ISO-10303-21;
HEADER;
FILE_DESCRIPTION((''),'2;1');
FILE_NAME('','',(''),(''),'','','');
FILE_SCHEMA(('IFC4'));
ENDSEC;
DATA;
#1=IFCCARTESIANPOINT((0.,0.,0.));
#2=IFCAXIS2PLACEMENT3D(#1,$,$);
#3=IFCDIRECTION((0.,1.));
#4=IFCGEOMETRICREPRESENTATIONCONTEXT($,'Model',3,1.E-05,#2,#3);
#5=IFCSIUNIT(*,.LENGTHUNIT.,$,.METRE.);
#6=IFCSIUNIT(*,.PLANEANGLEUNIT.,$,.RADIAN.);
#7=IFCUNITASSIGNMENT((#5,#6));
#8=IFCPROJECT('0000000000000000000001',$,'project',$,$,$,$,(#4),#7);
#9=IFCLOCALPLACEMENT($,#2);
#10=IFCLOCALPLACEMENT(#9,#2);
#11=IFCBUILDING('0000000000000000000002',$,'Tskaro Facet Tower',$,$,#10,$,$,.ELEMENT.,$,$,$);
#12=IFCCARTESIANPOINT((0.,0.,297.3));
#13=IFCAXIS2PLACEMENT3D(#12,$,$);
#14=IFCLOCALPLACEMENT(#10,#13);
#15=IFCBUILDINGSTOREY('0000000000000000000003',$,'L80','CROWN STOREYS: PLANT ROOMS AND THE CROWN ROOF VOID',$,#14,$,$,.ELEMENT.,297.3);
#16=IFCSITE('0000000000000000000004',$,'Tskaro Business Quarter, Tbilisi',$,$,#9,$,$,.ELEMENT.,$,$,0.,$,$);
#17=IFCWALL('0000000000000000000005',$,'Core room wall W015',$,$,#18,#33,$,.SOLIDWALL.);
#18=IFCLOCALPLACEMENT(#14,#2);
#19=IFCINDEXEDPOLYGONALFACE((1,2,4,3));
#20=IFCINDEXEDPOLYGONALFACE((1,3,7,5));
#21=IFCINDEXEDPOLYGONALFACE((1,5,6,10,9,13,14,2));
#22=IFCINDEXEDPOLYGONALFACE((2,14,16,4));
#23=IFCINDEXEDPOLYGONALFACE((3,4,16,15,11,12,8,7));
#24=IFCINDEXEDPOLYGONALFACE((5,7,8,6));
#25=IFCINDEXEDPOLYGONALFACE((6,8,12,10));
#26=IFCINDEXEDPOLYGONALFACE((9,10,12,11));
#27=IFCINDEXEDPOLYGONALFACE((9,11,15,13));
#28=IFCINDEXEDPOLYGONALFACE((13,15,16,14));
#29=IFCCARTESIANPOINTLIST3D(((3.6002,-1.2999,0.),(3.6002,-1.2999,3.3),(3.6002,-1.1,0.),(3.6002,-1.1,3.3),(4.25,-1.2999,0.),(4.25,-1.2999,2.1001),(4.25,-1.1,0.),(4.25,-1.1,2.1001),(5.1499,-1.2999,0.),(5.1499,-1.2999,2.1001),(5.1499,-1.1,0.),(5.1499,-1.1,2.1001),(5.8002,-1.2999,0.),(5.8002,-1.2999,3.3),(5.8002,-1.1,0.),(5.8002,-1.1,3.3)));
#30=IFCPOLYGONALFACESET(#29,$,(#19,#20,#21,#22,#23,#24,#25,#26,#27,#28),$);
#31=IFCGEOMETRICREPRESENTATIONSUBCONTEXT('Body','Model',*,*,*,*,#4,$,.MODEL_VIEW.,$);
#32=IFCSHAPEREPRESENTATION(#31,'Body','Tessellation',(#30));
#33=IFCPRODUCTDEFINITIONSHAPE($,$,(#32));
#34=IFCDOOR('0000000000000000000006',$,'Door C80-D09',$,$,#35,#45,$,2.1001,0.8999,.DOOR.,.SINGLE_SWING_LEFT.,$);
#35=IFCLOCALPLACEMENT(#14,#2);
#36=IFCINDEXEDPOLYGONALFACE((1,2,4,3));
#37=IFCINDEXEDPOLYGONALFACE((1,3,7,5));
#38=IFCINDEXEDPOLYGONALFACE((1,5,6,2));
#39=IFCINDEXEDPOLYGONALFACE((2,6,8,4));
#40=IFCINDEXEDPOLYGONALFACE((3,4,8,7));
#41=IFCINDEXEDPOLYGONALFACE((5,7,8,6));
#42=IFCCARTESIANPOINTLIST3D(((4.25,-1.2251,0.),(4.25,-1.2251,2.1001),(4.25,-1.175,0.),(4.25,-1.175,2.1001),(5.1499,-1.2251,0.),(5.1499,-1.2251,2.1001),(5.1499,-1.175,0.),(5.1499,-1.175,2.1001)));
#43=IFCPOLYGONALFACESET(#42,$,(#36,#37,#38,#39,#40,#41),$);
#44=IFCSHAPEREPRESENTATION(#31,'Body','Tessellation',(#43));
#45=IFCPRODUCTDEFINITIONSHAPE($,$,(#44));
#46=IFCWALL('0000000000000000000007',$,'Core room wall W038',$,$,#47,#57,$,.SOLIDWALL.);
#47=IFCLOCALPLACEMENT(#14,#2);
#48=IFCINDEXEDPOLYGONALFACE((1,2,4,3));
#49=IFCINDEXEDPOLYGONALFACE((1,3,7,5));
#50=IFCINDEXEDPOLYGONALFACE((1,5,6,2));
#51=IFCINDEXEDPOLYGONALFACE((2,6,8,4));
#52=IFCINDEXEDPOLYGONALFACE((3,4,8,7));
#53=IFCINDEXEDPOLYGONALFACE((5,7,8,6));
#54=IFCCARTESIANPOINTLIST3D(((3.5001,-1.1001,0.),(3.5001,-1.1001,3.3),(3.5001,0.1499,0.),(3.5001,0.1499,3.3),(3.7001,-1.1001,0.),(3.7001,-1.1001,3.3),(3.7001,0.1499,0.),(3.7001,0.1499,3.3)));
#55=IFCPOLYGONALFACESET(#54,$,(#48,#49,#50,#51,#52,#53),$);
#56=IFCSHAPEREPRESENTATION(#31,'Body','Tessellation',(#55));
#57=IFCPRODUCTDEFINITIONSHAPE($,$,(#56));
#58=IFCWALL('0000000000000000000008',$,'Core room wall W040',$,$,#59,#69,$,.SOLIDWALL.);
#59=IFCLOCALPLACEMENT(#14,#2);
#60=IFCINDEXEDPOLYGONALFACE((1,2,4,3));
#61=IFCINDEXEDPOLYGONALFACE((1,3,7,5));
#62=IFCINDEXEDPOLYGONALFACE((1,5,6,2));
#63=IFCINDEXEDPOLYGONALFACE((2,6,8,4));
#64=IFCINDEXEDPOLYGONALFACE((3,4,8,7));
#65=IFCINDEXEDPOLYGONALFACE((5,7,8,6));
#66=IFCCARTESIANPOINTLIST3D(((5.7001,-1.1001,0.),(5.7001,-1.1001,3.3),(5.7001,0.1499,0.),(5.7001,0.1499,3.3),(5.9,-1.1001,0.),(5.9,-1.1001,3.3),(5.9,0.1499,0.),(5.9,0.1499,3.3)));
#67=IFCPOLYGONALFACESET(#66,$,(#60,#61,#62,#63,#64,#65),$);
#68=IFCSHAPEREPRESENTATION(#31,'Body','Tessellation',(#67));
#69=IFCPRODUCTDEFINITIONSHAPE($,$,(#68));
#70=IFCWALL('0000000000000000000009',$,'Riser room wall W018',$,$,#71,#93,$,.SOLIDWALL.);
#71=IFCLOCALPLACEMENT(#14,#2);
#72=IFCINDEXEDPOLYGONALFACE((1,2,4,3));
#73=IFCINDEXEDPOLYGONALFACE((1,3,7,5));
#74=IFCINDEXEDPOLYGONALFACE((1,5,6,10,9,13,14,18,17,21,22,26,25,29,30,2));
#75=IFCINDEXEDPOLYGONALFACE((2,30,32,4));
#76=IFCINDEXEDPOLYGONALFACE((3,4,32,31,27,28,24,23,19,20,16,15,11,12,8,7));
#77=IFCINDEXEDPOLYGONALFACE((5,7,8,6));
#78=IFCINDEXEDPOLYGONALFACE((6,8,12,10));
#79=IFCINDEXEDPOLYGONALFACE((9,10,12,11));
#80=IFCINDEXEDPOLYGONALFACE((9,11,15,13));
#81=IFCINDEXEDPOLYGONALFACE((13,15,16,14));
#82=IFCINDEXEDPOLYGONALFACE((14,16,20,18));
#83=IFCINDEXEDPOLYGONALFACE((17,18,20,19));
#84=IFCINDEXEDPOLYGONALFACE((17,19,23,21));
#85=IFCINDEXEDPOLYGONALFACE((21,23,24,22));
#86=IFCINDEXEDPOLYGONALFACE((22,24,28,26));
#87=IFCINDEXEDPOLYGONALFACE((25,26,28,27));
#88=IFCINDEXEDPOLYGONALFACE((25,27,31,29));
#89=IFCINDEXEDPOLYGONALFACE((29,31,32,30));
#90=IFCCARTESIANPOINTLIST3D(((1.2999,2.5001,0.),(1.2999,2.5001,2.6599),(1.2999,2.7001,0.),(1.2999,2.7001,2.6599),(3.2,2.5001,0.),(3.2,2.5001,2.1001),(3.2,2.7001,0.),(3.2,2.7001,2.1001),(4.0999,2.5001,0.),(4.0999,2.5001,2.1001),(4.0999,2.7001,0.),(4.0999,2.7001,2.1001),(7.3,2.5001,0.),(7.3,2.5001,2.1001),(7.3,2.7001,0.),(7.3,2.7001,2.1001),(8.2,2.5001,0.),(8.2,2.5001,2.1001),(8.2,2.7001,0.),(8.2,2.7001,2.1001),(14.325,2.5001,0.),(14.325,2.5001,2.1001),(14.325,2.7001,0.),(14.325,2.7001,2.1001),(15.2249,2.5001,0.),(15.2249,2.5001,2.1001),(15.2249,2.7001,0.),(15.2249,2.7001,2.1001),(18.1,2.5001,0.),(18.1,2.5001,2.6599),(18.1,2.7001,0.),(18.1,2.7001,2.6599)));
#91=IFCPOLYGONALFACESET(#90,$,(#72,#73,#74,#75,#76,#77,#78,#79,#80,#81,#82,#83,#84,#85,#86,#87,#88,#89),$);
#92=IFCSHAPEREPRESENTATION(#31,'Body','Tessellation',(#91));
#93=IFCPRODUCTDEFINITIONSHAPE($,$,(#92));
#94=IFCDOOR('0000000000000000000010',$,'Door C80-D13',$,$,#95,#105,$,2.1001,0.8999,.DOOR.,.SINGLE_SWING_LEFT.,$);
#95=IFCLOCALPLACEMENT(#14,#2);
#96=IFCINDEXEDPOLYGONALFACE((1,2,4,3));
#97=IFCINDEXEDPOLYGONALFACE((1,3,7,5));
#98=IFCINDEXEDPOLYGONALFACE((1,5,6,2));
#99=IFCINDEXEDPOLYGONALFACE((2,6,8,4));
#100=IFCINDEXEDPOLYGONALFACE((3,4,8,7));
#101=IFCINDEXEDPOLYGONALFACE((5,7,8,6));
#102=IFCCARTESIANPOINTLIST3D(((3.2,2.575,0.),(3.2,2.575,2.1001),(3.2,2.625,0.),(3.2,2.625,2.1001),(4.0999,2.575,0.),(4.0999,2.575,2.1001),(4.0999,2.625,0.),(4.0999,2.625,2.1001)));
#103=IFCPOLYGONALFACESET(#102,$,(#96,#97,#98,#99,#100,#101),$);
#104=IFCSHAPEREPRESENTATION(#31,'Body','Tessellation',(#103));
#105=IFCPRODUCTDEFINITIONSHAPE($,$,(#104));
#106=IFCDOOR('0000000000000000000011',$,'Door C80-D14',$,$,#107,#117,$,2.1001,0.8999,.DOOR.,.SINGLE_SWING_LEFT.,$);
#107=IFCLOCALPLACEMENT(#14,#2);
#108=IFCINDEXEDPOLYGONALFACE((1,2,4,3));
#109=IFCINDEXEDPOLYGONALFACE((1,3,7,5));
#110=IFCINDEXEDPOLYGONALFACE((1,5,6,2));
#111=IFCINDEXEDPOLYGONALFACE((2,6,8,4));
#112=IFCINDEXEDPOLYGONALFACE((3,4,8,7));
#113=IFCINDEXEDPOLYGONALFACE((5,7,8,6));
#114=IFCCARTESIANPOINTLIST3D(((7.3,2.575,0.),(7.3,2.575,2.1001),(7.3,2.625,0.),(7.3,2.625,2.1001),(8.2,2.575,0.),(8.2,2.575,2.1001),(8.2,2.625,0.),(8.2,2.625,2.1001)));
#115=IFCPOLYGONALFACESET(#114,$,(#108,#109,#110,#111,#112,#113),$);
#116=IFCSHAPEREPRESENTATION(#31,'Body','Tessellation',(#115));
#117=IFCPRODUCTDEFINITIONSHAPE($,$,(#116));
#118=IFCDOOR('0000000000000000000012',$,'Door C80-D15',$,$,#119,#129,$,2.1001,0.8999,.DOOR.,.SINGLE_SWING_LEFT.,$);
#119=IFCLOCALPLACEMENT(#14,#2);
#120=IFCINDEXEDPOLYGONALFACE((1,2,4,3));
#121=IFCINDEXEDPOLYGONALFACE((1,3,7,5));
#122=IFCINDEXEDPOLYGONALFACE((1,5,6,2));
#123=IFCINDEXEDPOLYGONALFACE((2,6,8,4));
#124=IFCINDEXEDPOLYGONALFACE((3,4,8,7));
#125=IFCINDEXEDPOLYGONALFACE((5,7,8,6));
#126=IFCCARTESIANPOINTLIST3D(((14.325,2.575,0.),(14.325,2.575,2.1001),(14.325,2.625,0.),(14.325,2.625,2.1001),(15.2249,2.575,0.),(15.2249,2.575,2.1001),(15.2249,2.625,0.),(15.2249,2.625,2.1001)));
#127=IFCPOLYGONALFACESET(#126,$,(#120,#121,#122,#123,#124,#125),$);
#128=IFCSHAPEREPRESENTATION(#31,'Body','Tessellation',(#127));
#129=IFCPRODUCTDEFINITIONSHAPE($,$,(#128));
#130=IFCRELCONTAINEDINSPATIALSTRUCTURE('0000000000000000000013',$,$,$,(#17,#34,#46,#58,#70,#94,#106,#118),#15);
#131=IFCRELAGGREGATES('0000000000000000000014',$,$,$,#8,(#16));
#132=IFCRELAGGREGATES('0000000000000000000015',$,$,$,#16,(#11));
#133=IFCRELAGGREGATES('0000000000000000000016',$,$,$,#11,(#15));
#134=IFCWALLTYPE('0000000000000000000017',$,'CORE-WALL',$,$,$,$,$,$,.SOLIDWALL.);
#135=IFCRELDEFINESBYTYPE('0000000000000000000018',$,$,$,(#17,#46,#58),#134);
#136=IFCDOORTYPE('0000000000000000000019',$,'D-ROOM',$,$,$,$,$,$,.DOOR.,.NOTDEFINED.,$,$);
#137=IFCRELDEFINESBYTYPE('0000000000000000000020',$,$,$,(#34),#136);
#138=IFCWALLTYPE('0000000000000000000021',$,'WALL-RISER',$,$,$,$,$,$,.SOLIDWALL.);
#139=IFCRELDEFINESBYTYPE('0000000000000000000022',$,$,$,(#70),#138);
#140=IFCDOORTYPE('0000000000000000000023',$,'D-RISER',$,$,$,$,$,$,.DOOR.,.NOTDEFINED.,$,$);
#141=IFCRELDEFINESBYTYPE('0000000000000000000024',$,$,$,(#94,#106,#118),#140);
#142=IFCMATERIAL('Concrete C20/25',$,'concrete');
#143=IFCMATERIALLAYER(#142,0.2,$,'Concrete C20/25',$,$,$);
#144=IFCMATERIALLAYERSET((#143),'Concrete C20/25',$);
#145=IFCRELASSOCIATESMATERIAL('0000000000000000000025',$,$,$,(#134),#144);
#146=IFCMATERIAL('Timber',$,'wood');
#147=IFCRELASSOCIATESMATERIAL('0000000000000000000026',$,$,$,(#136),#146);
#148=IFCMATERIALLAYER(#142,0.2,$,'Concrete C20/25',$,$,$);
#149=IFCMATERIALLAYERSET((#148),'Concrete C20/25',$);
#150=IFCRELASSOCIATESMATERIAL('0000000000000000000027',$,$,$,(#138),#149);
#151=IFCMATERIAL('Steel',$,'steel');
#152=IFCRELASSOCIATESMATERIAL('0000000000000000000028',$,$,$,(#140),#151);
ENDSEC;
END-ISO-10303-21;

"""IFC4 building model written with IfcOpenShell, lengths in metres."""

from ifc_helpers import new_model, si_unit, direction, frame, frame_2d, origin, place, context, subcontext, project, spatial, rectangle, extrude, material, layer, layer_set, type_object, element, fill, save


model = new_model("IFC4")

# Units and contexts
model_context = context("Model", 3, precision=1e-05, world=origin(), true_north=direction((0.0, 1.0)))
body_context = subcontext(model_context, "Body", "Model", "MODEL_VIEW")
ifc_project = project(units=[si_unit("LENGTHUNIT", "METRE"), si_unit("PLANEANGLEUNIT", "RADIAN")], contexts=[model_context])

# Site, building, storey
site_placement = place(None, origin())
site = spatial("IfcSite", under=ifc_project, at=site_placement, Name="Tskaro Business Quarter, Tbilisi", CompositionType="ELEMENT", RefElevation=0.0)
building_placement = place(site_placement, origin())
building = spatial("IfcBuilding", under=site, at=building_placement, Name="Tskaro Facet Tower", CompositionType="ELEMENT")
storey_placement = place(building_placement, frame((0.0, 0.0, 297.3)))
storey = spatial("IfcBuildingStorey", under=building, at=storey_placement, Name="L80", Description="CROWN STOREYS: PLANT ROOMS AND THE CROWN ROOF VOID", CompositionType="ELEMENT", Elevation=297.3)

# Shared definitions
ifc_material_1 = material(Name="Concrete C20/25", Category="concrete")
ifc_layer_1 = layer(ifc_material_1, 0.2, Name="Concrete C20/25")
ifc_layer_set_1 = layer_set([ifc_layer_1], Name="Concrete C20/25")
wall_type_1 = type_object("IfcWallType", Name="CORE-WALL", PredefinedType="SOLIDWALL", material=ifc_layer_set_1)
ifc_material_2 = material(Name="Steel", Category="steel")
ifc_material_3 = material(Name="Timber", Category="wood")
door_type_1 = type_object("IfcDoorType", Name="D-ROOM", OperationType="NOTDEFINED", PredefinedType="DOOR", material=ifc_material_3)

# Wall, opening, door
wall_1_placement = place(storey_placement, frame((3.6001, -1.2, 0.0), z_axis=(0.0, 0.0, 1.0), x_axis=(1.0, 0.0, 0.0)))
wall_1 = element("IfcWall", 1, at=wall_1_placement, inside=storey, type_object=wall_type_1, Name="Core room wall W015", PredefinedType="SOLIDWALL", context=body_context, shape_type="SweptSolid", body=[
    extrude(rectangle(XDim=2.2, YDim=0.2, at=frame_2d((1.1001, 0.0))), origin(), (0.0, 0.0, 1.0), 3.3),
])
opening_1_placement = place(wall_1_placement, frame((0.6499, 0.0, 0.0)))
opening_1 = element("IfcOpeningElement", 2, at=opening_1_placement, cuts=wall_1, PredefinedType="OPENING", context=body_context, shape_type="SweptSolid", body=[
    extrude(rectangle(XDim=0.8999, YDim=2.1001, at=frame_2d((0.45, 1.05))), frame((0.0, 0.1099, 0.0), z_axis=(0.0, -1.0, 0.0), x_axis=(1.0, 0.0, 0.0)), (0.0, 0.0, 1.0), 0.22),
])
door_1_placement = place(opening_1_placement, origin())
door_1 = element("IfcDoor", 3, at=door_1_placement, inside=storey, type_object=door_type_1, Name="Door C80-D09", OperationType="SINGLE_SWING_LEFT", OverallHeight=2.1001, OverallWidth=0.8999, PredefinedType="DOOR", context=body_context, shape_type="SweptSolid", body=[
    extrude(rectangle(XDim=0.8999, YDim=2.1001, at=frame_2d((0.45, 1.05))), frame((0.0, 0.0249, 0.0), z_axis=(0.0, -1.0, 0.0), x_axis=(1.0, 0.0, 0.0)), (0.0, 0.0, 1.0), 0.05),
])
fill(opening_1, door_1)

# Walls
for number, where, z_axis, x_axis, name in (
    (4, (3.6001, -1.1001, 0.0), (0.0, 0.0, 1.0), (0.0, 1.0, 0.0), "Core room wall W038"),
    (5, (5.8, -1.1001, 0.0), (0.0, 0.0, 1.0), (0.0, 1.0, 0.0), "Core room wall W040"),
):
    element("IfcWall", number, at=place(storey_placement, frame(where, z_axis=z_axis, x_axis=x_axis)), inside=storey, type_object=wall_type_1, Name=name, PredefinedType="SOLIDWALL", context=body_context, shape_type="SweptSolid", body=[
        extrude(rectangle(XDim=1.25, YDim=0.2, at=frame_2d((0.625, 0.0))), origin(), (0.0, 0.0, 1.0), 3.3),
    ])

# Wall, openings, doors
ifc_layer_2 = layer(ifc_material_1, 0.2, Name="Concrete C20/25")
ifc_layer_set_2 = layer_set([ifc_layer_2], Name="Concrete C20/25")
wall_type_2 = type_object("IfcWallType", Name="WALL-RISER", PredefinedType="SOLIDWALL", material=ifc_layer_set_2)
wall_2_placement = place(storey_placement, frame((1.3, 2.6001, 0.0), z_axis=(0.0, 0.0, 1.0), x_axis=(1.0, 0.0, 0.0)))
wall_2 = element("IfcWall", 6, at=wall_2_placement, inside=storey, type_object=wall_type_2, Name="Riser room wall W018", PredefinedType="SOLIDWALL", context=body_context, shape_type="SweptSolid", body=[
    extrude(rectangle(XDim=16.8, YDim=0.2, at=frame_2d((8.3999, 0.0))), origin(), (0.0, 0.0, 1.0), 2.6599),
])
opening_2_placement = place(wall_2_placement, frame((1.8999, 0.0, 0.0)))
opening_2 = element("IfcOpeningElement", 7, at=opening_2_placement, cuts=wall_2, PredefinedType="OPENING", context=body_context, shape_type="SweptSolid", body=[
    extrude(rectangle(XDim=0.8999, YDim=2.1001, at=frame_2d((0.45, 1.05))), frame((0.0, 0.1099, 0.0), z_axis=(0.0, -1.0, 0.0), x_axis=(1.0, 0.0, 0.0)), (0.0, 0.0, 1.0), 0.22),
])
opening_3_placement = place(wall_2_placement, frame((6.0, 0.0, 0.0)))
opening_3 = element("IfcOpeningElement", 8, at=opening_3_placement, cuts=wall_2, PredefinedType="OPENING", context=body_context, shape_type="SweptSolid", body=[
    extrude(rectangle(XDim=0.8999, YDim=2.1001, at=frame_2d((0.45, 1.05))), frame((0.0, 0.1099, 0.0), z_axis=(0.0, -1.0, 0.0), x_axis=(1.0, 0.0, 0.0)), (0.0, 0.0, 1.0), 0.22),
])
opening_4_placement = place(wall_2_placement, frame((13.0249, 0.0, 0.0)))
opening_4 = element("IfcOpeningElement", 9, at=opening_4_placement, cuts=wall_2, PredefinedType="OPENING", context=body_context, shape_type="SweptSolid", body=[
    extrude(rectangle(XDim=0.8999, YDim=2.1001, at=frame_2d((0.45, 1.05))), frame((0.0, 0.1099, 0.0), z_axis=(0.0, -1.0, 0.0), x_axis=(1.0, 0.0, 0.0)), (0.0, 0.0, 1.0), 0.22),
])
door_type_2 = type_object("IfcDoorType", Name="D-RISER", OperationType="NOTDEFINED", PredefinedType="DOOR", material=ifc_material_2)
door_2_placement = place(opening_2_placement, origin())
door_2 = element("IfcDoor", 10, at=door_2_placement, inside=storey, type_object=door_type_2, Name="Door C80-D13", OperationType="SINGLE_SWING_LEFT", OverallHeight=2.1001, OverallWidth=0.8999, PredefinedType="DOOR", context=body_context, shape_type="SweptSolid", body=[
    extrude(rectangle(XDim=0.8999, YDim=2.1001, at=frame_2d((0.45, 1.05))), frame((0.0, 0.0249, 0.0), z_axis=(0.0, -1.0, 0.0), x_axis=(1.0, 0.0, 0.0)), (0.0, 0.0, 1.0), 0.05),
])
fill(opening_2, door_2)
door_3_placement = place(opening_3_placement, origin())
door_3 = element("IfcDoor", 11, at=door_3_placement, inside=storey, type_object=door_type_2, Name="Door C80-D14", OperationType="SINGLE_SWING_LEFT", OverallHeight=2.1001, OverallWidth=0.8999, PredefinedType="DOOR", context=body_context, shape_type="SweptSolid", body=[
    extrude(rectangle(XDim=0.8999, YDim=2.1001, at=frame_2d((0.45, 1.05))), frame((0.0, 0.0249, 0.0), z_axis=(0.0, -1.0, 0.0), x_axis=(1.0, 0.0, 0.0)), (0.0, 0.0, 1.0), 0.05),
])
fill(opening_3, door_3)
door_4_placement = place(opening_4_placement, origin())
door_4 = element("IfcDoor", 12, at=door_4_placement, inside=storey, type_object=door_type_2, Name="Door C80-D15", OperationType="SINGLE_SWING_LEFT", OverallHeight=2.1001, OverallWidth=0.8999, PredefinedType="DOOR", context=body_context, shape_type="SweptSolid", body=[
    extrude(rectangle(XDim=0.8999, YDim=2.1001, at=frame_2d((0.45, 1.05))), frame((0.0, 0.0249, 0.0), z_axis=(0.0, -1.0, 0.0), x_axis=(1.0, 0.0, 0.0)), (0.0, 0.0, 1.0), 0.05),
])
fill(opening_4, door_4)

save(model, "model.ifc")
